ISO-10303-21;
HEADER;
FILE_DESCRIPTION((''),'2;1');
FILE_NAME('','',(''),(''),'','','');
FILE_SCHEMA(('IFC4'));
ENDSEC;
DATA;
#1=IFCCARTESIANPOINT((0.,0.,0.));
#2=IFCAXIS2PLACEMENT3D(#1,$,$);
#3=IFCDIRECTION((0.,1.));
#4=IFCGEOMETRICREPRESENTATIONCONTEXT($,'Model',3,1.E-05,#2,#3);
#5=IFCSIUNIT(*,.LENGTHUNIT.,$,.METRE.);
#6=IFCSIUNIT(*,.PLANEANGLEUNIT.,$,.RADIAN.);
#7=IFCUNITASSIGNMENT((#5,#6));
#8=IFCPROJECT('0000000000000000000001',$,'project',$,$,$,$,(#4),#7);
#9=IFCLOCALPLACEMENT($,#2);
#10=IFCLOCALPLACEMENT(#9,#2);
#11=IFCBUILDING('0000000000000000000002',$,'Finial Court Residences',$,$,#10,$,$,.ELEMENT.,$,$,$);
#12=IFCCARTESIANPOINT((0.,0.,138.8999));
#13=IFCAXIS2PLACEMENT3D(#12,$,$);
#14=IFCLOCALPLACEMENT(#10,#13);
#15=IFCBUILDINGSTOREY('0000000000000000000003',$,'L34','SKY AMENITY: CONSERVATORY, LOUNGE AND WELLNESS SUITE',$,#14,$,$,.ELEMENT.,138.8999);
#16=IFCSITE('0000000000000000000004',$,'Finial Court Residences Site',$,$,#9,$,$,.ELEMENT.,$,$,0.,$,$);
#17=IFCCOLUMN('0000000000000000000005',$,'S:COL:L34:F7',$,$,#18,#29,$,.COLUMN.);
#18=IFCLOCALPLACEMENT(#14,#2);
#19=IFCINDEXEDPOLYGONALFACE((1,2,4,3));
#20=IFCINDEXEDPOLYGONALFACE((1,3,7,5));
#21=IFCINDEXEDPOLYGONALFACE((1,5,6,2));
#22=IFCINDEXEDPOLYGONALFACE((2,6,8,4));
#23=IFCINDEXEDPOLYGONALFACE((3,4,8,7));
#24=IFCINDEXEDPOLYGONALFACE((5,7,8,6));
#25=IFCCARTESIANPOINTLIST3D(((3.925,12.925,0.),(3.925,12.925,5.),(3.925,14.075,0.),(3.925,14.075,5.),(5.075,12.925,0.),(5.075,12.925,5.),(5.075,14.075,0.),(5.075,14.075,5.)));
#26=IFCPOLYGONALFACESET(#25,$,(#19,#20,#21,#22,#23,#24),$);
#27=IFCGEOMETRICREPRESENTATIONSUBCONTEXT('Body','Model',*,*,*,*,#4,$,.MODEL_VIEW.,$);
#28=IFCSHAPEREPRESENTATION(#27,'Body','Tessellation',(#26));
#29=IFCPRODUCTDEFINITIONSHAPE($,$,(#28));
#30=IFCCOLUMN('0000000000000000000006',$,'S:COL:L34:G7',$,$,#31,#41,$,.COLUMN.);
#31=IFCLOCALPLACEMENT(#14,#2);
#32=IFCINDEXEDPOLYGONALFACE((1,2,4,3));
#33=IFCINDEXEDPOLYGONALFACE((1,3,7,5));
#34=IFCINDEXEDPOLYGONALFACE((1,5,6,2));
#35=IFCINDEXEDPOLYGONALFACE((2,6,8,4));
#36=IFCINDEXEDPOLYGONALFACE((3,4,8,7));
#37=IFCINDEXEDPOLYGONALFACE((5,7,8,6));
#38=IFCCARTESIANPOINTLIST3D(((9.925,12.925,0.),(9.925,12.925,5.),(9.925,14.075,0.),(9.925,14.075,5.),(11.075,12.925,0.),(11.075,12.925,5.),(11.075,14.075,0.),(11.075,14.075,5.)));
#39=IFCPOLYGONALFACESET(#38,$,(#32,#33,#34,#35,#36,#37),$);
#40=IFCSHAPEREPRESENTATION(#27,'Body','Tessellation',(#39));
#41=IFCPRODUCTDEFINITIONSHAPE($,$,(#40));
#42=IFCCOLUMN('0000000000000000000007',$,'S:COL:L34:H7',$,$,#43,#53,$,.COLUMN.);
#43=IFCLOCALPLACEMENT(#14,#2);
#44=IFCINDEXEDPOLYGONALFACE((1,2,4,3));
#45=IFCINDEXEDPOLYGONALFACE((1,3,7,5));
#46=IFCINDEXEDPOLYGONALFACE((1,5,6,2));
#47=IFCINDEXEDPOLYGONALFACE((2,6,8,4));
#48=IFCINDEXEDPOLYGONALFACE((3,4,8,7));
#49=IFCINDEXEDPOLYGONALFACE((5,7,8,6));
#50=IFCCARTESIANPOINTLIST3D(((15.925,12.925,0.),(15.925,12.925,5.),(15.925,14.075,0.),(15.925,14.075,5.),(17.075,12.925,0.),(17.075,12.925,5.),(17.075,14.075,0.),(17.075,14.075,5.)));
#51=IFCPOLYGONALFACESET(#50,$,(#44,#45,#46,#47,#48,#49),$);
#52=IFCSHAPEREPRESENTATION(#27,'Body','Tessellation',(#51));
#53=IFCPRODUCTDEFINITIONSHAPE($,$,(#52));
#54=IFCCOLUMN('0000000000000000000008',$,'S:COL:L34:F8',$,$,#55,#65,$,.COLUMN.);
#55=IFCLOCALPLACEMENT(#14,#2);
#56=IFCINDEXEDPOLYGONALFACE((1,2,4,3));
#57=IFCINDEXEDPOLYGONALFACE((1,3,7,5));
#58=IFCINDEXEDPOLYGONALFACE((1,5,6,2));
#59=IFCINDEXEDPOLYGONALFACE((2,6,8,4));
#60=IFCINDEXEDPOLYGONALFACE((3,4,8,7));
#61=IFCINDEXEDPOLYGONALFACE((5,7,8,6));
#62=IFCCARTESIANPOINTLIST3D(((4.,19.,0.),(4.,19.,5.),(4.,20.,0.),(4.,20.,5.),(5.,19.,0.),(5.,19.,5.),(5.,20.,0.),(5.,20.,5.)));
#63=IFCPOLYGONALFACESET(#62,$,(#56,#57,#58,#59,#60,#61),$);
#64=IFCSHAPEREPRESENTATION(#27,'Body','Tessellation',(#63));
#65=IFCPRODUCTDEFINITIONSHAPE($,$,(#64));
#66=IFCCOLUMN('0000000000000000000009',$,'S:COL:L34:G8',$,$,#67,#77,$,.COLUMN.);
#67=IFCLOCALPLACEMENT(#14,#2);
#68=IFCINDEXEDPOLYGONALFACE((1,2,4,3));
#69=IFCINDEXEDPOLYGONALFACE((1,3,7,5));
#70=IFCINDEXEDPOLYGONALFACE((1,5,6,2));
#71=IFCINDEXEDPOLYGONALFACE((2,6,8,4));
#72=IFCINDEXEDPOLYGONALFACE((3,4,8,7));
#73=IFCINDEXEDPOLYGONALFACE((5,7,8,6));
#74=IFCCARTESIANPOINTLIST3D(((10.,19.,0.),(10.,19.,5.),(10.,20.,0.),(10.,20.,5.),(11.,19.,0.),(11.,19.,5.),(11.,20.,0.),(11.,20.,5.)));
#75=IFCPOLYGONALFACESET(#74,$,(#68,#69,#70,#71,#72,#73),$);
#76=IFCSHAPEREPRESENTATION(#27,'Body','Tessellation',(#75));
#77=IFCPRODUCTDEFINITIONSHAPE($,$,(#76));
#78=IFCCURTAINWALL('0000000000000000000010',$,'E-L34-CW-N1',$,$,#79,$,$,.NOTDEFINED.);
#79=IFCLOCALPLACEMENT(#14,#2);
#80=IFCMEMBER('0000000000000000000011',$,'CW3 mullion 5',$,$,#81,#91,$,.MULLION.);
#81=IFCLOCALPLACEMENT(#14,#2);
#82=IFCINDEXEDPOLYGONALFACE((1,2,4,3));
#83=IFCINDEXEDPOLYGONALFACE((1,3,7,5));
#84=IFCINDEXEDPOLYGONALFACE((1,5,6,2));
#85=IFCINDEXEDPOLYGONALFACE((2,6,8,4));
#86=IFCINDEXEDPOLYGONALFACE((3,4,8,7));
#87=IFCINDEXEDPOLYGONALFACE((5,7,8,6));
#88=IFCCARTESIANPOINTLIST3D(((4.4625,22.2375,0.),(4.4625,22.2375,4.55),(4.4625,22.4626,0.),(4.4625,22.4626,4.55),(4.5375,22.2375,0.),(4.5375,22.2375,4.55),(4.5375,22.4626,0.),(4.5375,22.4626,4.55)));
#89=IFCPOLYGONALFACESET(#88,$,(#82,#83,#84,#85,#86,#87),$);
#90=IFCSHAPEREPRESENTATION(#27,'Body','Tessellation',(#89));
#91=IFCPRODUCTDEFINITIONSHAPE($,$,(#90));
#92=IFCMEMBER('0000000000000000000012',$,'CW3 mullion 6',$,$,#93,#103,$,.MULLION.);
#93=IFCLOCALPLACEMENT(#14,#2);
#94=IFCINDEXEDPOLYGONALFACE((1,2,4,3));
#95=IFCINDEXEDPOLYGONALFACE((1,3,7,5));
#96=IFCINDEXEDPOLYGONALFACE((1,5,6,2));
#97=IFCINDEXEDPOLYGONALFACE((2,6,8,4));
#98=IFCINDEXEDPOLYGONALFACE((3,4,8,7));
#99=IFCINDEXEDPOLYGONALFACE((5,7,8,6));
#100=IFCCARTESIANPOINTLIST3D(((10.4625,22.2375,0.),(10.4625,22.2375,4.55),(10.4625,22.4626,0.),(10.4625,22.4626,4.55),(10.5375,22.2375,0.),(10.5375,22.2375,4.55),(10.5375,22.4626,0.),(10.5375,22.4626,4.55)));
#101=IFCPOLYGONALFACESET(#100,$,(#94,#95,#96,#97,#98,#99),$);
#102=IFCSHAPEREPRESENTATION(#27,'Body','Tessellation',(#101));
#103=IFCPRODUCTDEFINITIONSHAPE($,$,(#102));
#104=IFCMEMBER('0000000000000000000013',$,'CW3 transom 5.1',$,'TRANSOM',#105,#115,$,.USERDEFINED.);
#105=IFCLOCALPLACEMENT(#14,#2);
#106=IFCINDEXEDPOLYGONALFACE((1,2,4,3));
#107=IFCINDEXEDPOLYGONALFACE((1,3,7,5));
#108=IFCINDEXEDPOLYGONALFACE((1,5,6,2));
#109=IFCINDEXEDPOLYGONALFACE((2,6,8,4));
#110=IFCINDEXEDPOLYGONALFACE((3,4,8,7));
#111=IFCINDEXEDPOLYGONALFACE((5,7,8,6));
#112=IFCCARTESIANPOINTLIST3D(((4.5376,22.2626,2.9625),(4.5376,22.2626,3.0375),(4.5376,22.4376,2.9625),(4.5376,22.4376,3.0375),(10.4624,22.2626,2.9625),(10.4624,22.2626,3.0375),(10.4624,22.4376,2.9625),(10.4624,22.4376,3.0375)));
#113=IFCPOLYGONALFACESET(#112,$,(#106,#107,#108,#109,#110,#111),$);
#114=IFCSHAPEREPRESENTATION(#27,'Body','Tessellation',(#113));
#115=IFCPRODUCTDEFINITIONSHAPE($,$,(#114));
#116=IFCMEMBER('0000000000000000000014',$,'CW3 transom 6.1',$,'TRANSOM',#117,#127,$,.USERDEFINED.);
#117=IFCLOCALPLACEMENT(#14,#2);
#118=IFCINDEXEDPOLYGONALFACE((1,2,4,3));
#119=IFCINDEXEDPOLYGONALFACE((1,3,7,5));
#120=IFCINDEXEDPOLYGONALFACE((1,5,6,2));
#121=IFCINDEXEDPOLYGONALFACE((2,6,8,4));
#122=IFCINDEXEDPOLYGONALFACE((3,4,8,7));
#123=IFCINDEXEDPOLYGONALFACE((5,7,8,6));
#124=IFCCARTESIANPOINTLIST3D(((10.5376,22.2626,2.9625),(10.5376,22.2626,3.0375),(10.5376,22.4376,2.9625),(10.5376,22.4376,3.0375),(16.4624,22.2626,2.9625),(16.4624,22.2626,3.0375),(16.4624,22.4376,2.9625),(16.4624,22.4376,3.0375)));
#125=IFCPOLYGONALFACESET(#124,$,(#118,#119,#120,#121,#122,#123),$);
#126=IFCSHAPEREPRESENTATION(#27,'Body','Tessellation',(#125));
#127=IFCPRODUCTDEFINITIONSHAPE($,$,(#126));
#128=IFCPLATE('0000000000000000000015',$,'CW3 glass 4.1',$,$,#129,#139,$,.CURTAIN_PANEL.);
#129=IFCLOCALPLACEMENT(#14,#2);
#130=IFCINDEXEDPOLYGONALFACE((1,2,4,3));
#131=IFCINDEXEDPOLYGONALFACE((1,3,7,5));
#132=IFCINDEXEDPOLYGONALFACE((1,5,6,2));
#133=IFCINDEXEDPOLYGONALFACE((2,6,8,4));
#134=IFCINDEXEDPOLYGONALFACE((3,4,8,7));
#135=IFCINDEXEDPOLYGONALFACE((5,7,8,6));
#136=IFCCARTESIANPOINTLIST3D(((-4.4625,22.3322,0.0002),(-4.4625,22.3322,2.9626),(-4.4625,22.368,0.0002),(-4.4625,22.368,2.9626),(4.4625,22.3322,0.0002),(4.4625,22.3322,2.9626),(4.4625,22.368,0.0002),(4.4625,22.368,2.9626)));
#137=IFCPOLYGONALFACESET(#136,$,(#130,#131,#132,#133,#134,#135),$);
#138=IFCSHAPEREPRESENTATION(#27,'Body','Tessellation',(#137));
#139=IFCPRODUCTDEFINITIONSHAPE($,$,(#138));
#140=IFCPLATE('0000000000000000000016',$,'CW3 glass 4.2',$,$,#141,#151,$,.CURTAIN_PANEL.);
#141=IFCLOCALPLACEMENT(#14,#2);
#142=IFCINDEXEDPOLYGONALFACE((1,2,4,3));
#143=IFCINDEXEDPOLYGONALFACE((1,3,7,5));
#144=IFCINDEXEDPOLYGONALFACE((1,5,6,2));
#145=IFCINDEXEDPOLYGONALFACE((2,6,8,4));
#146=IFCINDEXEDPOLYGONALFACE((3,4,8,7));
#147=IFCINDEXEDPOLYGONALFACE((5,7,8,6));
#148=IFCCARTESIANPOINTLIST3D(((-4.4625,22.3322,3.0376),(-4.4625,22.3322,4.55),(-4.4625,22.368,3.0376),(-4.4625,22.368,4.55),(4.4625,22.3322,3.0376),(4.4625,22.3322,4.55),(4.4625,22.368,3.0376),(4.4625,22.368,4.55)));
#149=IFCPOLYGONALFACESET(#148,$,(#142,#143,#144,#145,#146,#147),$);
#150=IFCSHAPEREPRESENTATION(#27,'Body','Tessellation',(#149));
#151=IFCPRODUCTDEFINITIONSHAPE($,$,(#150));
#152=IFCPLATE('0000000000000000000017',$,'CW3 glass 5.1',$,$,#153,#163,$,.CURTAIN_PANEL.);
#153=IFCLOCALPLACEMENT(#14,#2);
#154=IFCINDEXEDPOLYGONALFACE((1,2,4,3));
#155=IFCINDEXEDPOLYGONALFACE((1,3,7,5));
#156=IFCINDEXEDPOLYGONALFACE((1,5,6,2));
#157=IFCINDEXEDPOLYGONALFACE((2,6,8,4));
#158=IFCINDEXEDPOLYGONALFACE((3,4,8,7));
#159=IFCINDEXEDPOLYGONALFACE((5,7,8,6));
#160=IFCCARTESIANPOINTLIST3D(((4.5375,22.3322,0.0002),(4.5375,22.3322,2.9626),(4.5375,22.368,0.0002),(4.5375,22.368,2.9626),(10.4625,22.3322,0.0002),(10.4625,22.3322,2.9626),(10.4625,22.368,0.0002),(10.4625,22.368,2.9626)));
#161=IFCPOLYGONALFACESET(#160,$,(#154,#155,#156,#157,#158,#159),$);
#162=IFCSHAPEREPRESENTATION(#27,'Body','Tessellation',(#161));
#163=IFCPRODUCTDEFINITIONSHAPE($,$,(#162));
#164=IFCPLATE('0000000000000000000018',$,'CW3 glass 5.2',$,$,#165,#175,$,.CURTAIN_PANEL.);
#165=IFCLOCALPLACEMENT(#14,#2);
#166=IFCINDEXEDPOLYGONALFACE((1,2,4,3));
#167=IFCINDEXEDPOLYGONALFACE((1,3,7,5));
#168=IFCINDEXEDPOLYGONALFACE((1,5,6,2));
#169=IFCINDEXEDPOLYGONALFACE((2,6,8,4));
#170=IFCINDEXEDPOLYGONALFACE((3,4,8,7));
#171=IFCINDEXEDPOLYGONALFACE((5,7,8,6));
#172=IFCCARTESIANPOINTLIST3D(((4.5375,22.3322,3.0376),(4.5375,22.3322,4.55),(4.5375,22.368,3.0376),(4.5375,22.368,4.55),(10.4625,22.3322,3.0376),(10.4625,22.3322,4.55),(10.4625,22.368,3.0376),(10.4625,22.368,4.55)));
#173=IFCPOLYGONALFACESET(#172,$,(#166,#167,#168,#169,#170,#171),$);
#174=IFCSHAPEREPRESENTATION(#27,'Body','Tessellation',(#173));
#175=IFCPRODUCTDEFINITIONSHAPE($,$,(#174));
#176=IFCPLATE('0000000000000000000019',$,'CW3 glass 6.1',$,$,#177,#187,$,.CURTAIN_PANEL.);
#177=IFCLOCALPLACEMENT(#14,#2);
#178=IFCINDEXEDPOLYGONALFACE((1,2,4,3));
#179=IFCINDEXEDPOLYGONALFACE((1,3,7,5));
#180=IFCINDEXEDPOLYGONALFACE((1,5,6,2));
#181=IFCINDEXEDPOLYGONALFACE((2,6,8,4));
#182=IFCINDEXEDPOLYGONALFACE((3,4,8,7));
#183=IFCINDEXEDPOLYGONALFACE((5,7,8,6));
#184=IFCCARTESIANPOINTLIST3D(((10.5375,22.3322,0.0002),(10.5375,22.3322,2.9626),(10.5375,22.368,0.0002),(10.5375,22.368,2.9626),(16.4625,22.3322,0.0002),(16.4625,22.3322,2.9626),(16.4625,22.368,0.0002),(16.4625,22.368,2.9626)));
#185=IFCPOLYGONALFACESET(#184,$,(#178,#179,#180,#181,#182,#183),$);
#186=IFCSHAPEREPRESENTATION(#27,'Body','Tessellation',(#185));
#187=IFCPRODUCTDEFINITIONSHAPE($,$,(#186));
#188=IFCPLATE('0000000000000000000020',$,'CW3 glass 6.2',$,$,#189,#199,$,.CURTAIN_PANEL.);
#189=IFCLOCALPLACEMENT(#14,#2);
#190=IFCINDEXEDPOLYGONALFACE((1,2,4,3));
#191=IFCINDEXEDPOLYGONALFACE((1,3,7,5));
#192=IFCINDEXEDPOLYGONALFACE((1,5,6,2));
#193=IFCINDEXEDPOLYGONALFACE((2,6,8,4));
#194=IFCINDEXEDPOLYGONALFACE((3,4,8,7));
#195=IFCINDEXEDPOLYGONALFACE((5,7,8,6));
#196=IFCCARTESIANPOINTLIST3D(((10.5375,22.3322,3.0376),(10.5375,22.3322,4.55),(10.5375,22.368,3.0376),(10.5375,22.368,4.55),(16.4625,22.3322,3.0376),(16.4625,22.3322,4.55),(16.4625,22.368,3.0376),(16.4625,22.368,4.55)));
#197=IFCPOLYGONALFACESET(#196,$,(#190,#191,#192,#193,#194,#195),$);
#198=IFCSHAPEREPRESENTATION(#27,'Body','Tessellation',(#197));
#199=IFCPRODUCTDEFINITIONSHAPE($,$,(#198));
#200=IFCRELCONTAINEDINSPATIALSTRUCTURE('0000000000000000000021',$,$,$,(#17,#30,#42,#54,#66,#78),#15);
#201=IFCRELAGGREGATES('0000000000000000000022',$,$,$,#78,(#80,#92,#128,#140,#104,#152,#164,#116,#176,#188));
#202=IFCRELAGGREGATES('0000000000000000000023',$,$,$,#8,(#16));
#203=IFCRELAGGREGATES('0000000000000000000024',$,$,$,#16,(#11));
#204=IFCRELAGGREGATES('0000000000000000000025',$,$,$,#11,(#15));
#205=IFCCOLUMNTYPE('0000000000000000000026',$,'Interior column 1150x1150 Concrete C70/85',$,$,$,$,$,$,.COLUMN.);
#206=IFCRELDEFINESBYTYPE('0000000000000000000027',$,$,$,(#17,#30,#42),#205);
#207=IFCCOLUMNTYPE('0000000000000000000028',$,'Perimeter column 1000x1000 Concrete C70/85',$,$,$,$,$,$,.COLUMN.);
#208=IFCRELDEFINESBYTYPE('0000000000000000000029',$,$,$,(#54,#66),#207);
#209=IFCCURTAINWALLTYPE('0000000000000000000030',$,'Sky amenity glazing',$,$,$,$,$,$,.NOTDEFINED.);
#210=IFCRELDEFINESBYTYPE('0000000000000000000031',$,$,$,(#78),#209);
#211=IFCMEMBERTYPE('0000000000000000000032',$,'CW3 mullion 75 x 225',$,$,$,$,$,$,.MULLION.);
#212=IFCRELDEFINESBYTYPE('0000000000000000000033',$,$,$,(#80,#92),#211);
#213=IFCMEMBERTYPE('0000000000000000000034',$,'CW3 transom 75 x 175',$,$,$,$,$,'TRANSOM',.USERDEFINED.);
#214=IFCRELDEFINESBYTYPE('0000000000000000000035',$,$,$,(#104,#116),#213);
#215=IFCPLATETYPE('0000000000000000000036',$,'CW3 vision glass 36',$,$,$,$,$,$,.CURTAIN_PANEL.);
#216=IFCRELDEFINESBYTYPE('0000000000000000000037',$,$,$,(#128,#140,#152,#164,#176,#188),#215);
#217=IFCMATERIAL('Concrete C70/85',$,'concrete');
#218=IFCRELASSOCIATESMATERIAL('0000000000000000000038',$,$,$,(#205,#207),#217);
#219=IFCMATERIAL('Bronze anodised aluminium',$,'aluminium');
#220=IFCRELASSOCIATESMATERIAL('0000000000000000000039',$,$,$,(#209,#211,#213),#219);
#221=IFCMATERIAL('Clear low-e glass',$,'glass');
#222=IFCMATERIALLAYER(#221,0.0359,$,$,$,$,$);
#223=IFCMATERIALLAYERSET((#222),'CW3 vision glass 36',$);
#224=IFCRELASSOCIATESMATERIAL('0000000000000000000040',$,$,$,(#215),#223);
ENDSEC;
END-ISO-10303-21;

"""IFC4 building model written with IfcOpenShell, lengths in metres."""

from ifc_helpers import new_model, si_unit, direction, frame, origin, origin_2d, place, context, subcontext, project, spatial, rectangle, extrude, material, layer, layer_set, material_profile, profile_set, type_object, element, aggregate, save


model = new_model("IFC4")

# Units and contexts
model_context = context("Model", 3, precision=1e-05, world=origin(), true_north=direction((0.0, 1.0)))
body_context = subcontext(model_context, "Body", "Model", "MODEL_VIEW")
ifc_project = project(units=[si_unit("LENGTHUNIT", "METRE"), si_unit("PLANEANGLEUNIT", "RADIAN")], contexts=[model_context])

# Site, building, storey
site_placement = place(None, origin())
site = spatial("IfcSite", under=ifc_project, at=site_placement, Name="Finial Court Residences Site", CompositionType="ELEMENT", RefElevation=0.0)
building_placement = place(site_placement, origin())
building = spatial("IfcBuilding", under=site, at=building_placement, Name="Finial Court Residences", CompositionType="ELEMENT")
storey_placement = place(building_placement, frame((0.0, 0.0, 138.8999)))
storey = spatial("IfcBuildingStorey", under=building, at=storey_placement, Name="L34", Description="SKY AMENITY: CONSERVATORY, LOUNGE AND WELLNESS SUITE", CompositionType="ELEMENT", Elevation=138.8999)

# Columns
ifc_material_1 = material(Name="Concrete C70/85", Category="concrete")
ifc_material_profile_1 = material_profile(ifc_material_1, rectangle(XDim=1.1499, YDim=1.1499, at=origin_2d()), Name="1150x1150")
ifc_profile_set_1 = profile_set([ifc_material_profile_1], Name="Concrete C70/85")
column_type_1 = type_object("IfcColumnType", Name="Interior column 1150x1150 Concrete C70/85", PredefinedType="COLUMN", material=ifc_profile_set_1)
for number, where, z_axis, x_axis, name in (
    (1, (4.5, 13.5, 0.0), (0.0, 0.0, 1.0), (1.0, 0.0, 0.0), "S:COL:L34:F7"),
    (2, (10.5, 13.5, 0.0), (0.0, 0.0, 1.0), (1.0, 0.0, 0.0), "S:COL:L34:G7"),
    (3, (16.5, 13.5, 0.0), (0.0, 0.0, 1.0), (1.0, 0.0, 0.0), "S:COL:L34:H7"),
):
    element("IfcColumn", number, at=place(storey_placement, frame(where, z_axis=z_axis, x_axis=x_axis)), inside=storey, type_object=column_type_1, Name=name, PredefinedType="COLUMN", context=body_context, shape_type="SweptSolid", body=[
        extrude(rectangle(XDim=1.1499, YDim=1.1499, at=origin_2d()), origin(), (0.0, 0.0, 1.0), 5.0),
    ])
ifc_material_profile_2 = material_profile(ifc_material_1, rectangle(XDim=1.0, YDim=1.0, at=origin_2d()), Name="1000x1000")
ifc_profile_set_2 = profile_set([ifc_material_profile_2], Name="Concrete C70/85")
column_type_2 = type_object("IfcColumnType", Name="Perimeter column 1000x1000 Concrete C70/85", PredefinedType="COLUMN", material=ifc_profile_set_2)
for number, where, z_axis, x_axis, name in (
    (4, (4.5, 19.5, 0.0), (0.0, 0.0, 1.0), (1.0, 0.0, 0.0), "S:COL:L34:F8"),
    (5, (10.5, 19.5, 0.0), (0.0, 0.0, 1.0), (1.0, 0.0, 0.0), "S:COL:L34:G8"),
):
    element("IfcColumn", number, at=place(storey_placement, frame(where, z_axis=z_axis, x_axis=x_axis)), inside=storey, type_object=column_type_2, Name=name, PredefinedType="COLUMN", context=body_context, shape_type="SweptSolid", body=[
        extrude(rectangle(XDim=1.0, YDim=1.0, at=origin_2d()), origin(), (0.0, 0.0, 1.0), 5.0),
    ])

# Curtain wall, members, plates
ifc_material_2 = material(Name="Bronze anodised aluminium", Category="aluminium")
curtain_wall_type = type_object("IfcCurtainWallType", Name="Sky amenity glazing", PredefinedType="NOTDEFINED", material=ifc_material_2)
curtain_wall_placement = place(storey_placement, origin())
curtain_wall = element("IfcCurtainWall", 6, at=curtain_wall_placement, inside=storey, type_object=curtain_wall_type, Name="E-L34-CW-N1", PredefinedType="NOTDEFINED")
ifc_material_profile_3 = material_profile(ifc_material_2, rectangle(XDim=0.2251, YDim=0.075, at=origin_2d()), Name="CW3 mullion 75 x 225")
ifc_profile_set_3 = profile_set([ifc_material_profile_3], Name="Bronze anodised aluminium")
member_type_1 = type_object("IfcMemberType", Name="CW3 mullion 75 x 225", PredefinedType="MULLION", material=ifc_profile_set_3)
member_1_placement = place(storey_placement, frame((4.5, 22.3501, 0.0), z_axis=(0.0, 0.0, 1.0), x_axis=(0.0, 1.0, 0.0)))
member_1 = element("IfcMember", 7, at=member_1_placement, type_object=member_type_1, Name="CW3 mullion 5", PredefinedType="MULLION", context=body_context, shape_type="SweptSolid", body=[
    extrude(rectangle(XDim=0.2251, YDim=0.075, at=origin_2d()), origin(), (0.0, 0.0, 1.0), 4.55),
])
member_2_placement = place(storey_placement, frame((10.5, 22.3501, 0.0), z_axis=(0.0, 0.0, 1.0), x_axis=(0.0, 1.0, 0.0)))
member_2 = element("IfcMember", 8, at=member_2_placement, type_object=member_type_1, Name="CW3 mullion 6", PredefinedType="MULLION", context=body_context, shape_type="SweptSolid", body=[
    extrude(rectangle(XDim=0.2251, YDim=0.075, at=origin_2d()), origin(), (0.0, 0.0, 1.0), 4.55),
])
ifc_material_profile_4 = material_profile(ifc_material_2, rectangle(XDim=0.175, YDim=0.075, at=origin_2d()), Name="CW3 transom 75 x 175")
ifc_profile_set_4 = profile_set([ifc_material_profile_4], Name="Bronze anodised aluminium")
member_type_2 = type_object("IfcMemberType", Name="CW3 transom 75 x 175", ElementType="TRANSOM", PredefinedType="USERDEFINED", material=ifc_profile_set_4)
member_3_placement = place(storey_placement, frame((4.5376, 22.3501, 3.0), z_axis=(1.0, 0.0, 0.0), x_axis=(0.0, 1.0, 0.0)))
member_3 = element("IfcMember", 9, at=member_3_placement, type_object=member_type_2, Name="CW3 transom 5.1", ObjectType="TRANSOM", PredefinedType="USERDEFINED", context=body_context, shape_type="SweptSolid", body=[
    extrude(rectangle(XDim=0.175, YDim=0.075, at=origin_2d()), origin(), (0.0, 0.0, 1.0), 5.9248),
])
member_4_placement = place(storey_placement, frame((10.5376, 22.3501, 3.0), z_axis=(1.0, 0.0, 0.0), x_axis=(0.0, 1.0, 0.0)))
member_4 = element("IfcMember", 10, at=member_4_placement, type_object=member_type_2, Name="CW3 transom 6.1", ObjectType="TRANSOM", PredefinedType="USERDEFINED", context=body_context, shape_type="SweptSolid", body=[
    extrude(rectangle(XDim=0.175, YDim=0.075, at=origin_2d()), origin(), (0.0, 0.0, 1.0), 5.9248),
])
ifc_material_3 = material(Name="Clear low-e glass", Category="glass")
ifc_layer = layer(ifc_material_3, 0.0359)
ifc_layer_set = layer_set([ifc_layer], Name="CW3 vision glass 36")
plate_type = type_object("IfcPlateType", Name="CW3 vision glass 36", PredefinedType="CURTAIN_PANEL", material=ifc_layer_set)
plate_1_placement = place(storey_placement, frame((0.0, 22.3501, 0.0002), z_axis=(0.0, 0.0, 1.0), x_axis=(1.0, 0.0, 0.0)))
plate_1 = element("IfcPlate", 11, at=plate_1_placement, type_object=plate_type, Name="CW3 glass 4.1", PredefinedType="CURTAIN_PANEL", context=body_context, shape_type="SweptSolid", body=[
    extrude(rectangle(XDim=8.925, YDim=0.0359, at=origin_2d()), origin(), (0.0, 0.0, 1.0), 2.9624),
])
plate_2_placement = place(storey_placement, frame((0.0, 22.3501, 3.0376), z_axis=(0.0, 0.0, 1.0), x_axis=(1.0, 0.0, 0.0)))
plate_2 = element("IfcPlate", 12, at=plate_2_placement, type_object=plate_type, Name="CW3 glass 4.2", PredefinedType="CURTAIN_PANEL", context=body_context, shape_type="SweptSolid", body=[
    extrude(rectangle(XDim=8.925, YDim=0.0359, at=origin_2d()), origin(), (0.0, 0.0, 1.0), 1.5125),
])
plate_3_placement = place(storey_placement, frame((7.5, 22.3501, 0.0002), z_axis=(0.0, 0.0, 1.0), x_axis=(1.0, 0.0, 0.0)))
plate_3 = element("IfcPlate", 13, at=plate_3_placement, type_object=plate_type, Name="CW3 glass 5.1", PredefinedType="CURTAIN_PANEL", context=body_context, shape_type="SweptSolid", body=[
    extrude(rectangle(XDim=5.925, YDim=0.0359, at=origin_2d()), origin(), (0.0, 0.0, 1.0), 2.9624),
])
plate_4_placement = place(storey_placement, frame((7.5, 22.3501, 3.0376), z_axis=(0.0, 0.0, 1.0), x_axis=(1.0, 0.0, 0.0)))
plate_4 = element("IfcPlate", 14, at=plate_4_placement, type_object=plate_type, Name="CW3 glass 5.2", PredefinedType="CURTAIN_PANEL", context=body_context, shape_type="SweptSolid", body=[
    extrude(rectangle(XDim=5.925, YDim=0.0359, at=origin_2d()), origin(), (0.0, 0.0, 1.0), 1.5125),
])
plate_5_placement = place(storey_placement, frame((13.5, 22.3501, 0.0002), z_axis=(0.0, 0.0, 1.0), x_axis=(1.0, 0.0, 0.0)))
plate_5 = element("IfcPlate", 15, at=plate_5_placement, type_object=plate_type, Name="CW3 glass 6.1", PredefinedType="CURTAIN_PANEL", context=body_context, shape_type="SweptSolid", body=[
    extrude(rectangle(XDim=5.925, YDim=0.0359, at=origin_2d()), origin(), (0.0, 0.0, 1.0), 2.9624),
])
plate_6_placement = place(storey_placement, frame((13.5, 22.3501, 3.0376), z_axis=(0.0, 0.0, 1.0), x_axis=(1.0, 0.0, 0.0)))
plate_6 = element("IfcPlate", 16, at=plate_6_placement, type_object=plate_type, Name="CW3 glass 6.2", PredefinedType="CURTAIN_PANEL", context=body_context, shape_type="SweptSolid", body=[
    extrude(rectangle(XDim=5.925, YDim=0.0359, at=origin_2d()), origin(), (0.0, 0.0, 1.0), 1.5125),
])
aggregate(curtain_wall, [member_1, member_2, plate_1, plate_2, member_3, plate_3, plate_4, member_4, plate_5, plate_6])

save(model, "model.ifc")
